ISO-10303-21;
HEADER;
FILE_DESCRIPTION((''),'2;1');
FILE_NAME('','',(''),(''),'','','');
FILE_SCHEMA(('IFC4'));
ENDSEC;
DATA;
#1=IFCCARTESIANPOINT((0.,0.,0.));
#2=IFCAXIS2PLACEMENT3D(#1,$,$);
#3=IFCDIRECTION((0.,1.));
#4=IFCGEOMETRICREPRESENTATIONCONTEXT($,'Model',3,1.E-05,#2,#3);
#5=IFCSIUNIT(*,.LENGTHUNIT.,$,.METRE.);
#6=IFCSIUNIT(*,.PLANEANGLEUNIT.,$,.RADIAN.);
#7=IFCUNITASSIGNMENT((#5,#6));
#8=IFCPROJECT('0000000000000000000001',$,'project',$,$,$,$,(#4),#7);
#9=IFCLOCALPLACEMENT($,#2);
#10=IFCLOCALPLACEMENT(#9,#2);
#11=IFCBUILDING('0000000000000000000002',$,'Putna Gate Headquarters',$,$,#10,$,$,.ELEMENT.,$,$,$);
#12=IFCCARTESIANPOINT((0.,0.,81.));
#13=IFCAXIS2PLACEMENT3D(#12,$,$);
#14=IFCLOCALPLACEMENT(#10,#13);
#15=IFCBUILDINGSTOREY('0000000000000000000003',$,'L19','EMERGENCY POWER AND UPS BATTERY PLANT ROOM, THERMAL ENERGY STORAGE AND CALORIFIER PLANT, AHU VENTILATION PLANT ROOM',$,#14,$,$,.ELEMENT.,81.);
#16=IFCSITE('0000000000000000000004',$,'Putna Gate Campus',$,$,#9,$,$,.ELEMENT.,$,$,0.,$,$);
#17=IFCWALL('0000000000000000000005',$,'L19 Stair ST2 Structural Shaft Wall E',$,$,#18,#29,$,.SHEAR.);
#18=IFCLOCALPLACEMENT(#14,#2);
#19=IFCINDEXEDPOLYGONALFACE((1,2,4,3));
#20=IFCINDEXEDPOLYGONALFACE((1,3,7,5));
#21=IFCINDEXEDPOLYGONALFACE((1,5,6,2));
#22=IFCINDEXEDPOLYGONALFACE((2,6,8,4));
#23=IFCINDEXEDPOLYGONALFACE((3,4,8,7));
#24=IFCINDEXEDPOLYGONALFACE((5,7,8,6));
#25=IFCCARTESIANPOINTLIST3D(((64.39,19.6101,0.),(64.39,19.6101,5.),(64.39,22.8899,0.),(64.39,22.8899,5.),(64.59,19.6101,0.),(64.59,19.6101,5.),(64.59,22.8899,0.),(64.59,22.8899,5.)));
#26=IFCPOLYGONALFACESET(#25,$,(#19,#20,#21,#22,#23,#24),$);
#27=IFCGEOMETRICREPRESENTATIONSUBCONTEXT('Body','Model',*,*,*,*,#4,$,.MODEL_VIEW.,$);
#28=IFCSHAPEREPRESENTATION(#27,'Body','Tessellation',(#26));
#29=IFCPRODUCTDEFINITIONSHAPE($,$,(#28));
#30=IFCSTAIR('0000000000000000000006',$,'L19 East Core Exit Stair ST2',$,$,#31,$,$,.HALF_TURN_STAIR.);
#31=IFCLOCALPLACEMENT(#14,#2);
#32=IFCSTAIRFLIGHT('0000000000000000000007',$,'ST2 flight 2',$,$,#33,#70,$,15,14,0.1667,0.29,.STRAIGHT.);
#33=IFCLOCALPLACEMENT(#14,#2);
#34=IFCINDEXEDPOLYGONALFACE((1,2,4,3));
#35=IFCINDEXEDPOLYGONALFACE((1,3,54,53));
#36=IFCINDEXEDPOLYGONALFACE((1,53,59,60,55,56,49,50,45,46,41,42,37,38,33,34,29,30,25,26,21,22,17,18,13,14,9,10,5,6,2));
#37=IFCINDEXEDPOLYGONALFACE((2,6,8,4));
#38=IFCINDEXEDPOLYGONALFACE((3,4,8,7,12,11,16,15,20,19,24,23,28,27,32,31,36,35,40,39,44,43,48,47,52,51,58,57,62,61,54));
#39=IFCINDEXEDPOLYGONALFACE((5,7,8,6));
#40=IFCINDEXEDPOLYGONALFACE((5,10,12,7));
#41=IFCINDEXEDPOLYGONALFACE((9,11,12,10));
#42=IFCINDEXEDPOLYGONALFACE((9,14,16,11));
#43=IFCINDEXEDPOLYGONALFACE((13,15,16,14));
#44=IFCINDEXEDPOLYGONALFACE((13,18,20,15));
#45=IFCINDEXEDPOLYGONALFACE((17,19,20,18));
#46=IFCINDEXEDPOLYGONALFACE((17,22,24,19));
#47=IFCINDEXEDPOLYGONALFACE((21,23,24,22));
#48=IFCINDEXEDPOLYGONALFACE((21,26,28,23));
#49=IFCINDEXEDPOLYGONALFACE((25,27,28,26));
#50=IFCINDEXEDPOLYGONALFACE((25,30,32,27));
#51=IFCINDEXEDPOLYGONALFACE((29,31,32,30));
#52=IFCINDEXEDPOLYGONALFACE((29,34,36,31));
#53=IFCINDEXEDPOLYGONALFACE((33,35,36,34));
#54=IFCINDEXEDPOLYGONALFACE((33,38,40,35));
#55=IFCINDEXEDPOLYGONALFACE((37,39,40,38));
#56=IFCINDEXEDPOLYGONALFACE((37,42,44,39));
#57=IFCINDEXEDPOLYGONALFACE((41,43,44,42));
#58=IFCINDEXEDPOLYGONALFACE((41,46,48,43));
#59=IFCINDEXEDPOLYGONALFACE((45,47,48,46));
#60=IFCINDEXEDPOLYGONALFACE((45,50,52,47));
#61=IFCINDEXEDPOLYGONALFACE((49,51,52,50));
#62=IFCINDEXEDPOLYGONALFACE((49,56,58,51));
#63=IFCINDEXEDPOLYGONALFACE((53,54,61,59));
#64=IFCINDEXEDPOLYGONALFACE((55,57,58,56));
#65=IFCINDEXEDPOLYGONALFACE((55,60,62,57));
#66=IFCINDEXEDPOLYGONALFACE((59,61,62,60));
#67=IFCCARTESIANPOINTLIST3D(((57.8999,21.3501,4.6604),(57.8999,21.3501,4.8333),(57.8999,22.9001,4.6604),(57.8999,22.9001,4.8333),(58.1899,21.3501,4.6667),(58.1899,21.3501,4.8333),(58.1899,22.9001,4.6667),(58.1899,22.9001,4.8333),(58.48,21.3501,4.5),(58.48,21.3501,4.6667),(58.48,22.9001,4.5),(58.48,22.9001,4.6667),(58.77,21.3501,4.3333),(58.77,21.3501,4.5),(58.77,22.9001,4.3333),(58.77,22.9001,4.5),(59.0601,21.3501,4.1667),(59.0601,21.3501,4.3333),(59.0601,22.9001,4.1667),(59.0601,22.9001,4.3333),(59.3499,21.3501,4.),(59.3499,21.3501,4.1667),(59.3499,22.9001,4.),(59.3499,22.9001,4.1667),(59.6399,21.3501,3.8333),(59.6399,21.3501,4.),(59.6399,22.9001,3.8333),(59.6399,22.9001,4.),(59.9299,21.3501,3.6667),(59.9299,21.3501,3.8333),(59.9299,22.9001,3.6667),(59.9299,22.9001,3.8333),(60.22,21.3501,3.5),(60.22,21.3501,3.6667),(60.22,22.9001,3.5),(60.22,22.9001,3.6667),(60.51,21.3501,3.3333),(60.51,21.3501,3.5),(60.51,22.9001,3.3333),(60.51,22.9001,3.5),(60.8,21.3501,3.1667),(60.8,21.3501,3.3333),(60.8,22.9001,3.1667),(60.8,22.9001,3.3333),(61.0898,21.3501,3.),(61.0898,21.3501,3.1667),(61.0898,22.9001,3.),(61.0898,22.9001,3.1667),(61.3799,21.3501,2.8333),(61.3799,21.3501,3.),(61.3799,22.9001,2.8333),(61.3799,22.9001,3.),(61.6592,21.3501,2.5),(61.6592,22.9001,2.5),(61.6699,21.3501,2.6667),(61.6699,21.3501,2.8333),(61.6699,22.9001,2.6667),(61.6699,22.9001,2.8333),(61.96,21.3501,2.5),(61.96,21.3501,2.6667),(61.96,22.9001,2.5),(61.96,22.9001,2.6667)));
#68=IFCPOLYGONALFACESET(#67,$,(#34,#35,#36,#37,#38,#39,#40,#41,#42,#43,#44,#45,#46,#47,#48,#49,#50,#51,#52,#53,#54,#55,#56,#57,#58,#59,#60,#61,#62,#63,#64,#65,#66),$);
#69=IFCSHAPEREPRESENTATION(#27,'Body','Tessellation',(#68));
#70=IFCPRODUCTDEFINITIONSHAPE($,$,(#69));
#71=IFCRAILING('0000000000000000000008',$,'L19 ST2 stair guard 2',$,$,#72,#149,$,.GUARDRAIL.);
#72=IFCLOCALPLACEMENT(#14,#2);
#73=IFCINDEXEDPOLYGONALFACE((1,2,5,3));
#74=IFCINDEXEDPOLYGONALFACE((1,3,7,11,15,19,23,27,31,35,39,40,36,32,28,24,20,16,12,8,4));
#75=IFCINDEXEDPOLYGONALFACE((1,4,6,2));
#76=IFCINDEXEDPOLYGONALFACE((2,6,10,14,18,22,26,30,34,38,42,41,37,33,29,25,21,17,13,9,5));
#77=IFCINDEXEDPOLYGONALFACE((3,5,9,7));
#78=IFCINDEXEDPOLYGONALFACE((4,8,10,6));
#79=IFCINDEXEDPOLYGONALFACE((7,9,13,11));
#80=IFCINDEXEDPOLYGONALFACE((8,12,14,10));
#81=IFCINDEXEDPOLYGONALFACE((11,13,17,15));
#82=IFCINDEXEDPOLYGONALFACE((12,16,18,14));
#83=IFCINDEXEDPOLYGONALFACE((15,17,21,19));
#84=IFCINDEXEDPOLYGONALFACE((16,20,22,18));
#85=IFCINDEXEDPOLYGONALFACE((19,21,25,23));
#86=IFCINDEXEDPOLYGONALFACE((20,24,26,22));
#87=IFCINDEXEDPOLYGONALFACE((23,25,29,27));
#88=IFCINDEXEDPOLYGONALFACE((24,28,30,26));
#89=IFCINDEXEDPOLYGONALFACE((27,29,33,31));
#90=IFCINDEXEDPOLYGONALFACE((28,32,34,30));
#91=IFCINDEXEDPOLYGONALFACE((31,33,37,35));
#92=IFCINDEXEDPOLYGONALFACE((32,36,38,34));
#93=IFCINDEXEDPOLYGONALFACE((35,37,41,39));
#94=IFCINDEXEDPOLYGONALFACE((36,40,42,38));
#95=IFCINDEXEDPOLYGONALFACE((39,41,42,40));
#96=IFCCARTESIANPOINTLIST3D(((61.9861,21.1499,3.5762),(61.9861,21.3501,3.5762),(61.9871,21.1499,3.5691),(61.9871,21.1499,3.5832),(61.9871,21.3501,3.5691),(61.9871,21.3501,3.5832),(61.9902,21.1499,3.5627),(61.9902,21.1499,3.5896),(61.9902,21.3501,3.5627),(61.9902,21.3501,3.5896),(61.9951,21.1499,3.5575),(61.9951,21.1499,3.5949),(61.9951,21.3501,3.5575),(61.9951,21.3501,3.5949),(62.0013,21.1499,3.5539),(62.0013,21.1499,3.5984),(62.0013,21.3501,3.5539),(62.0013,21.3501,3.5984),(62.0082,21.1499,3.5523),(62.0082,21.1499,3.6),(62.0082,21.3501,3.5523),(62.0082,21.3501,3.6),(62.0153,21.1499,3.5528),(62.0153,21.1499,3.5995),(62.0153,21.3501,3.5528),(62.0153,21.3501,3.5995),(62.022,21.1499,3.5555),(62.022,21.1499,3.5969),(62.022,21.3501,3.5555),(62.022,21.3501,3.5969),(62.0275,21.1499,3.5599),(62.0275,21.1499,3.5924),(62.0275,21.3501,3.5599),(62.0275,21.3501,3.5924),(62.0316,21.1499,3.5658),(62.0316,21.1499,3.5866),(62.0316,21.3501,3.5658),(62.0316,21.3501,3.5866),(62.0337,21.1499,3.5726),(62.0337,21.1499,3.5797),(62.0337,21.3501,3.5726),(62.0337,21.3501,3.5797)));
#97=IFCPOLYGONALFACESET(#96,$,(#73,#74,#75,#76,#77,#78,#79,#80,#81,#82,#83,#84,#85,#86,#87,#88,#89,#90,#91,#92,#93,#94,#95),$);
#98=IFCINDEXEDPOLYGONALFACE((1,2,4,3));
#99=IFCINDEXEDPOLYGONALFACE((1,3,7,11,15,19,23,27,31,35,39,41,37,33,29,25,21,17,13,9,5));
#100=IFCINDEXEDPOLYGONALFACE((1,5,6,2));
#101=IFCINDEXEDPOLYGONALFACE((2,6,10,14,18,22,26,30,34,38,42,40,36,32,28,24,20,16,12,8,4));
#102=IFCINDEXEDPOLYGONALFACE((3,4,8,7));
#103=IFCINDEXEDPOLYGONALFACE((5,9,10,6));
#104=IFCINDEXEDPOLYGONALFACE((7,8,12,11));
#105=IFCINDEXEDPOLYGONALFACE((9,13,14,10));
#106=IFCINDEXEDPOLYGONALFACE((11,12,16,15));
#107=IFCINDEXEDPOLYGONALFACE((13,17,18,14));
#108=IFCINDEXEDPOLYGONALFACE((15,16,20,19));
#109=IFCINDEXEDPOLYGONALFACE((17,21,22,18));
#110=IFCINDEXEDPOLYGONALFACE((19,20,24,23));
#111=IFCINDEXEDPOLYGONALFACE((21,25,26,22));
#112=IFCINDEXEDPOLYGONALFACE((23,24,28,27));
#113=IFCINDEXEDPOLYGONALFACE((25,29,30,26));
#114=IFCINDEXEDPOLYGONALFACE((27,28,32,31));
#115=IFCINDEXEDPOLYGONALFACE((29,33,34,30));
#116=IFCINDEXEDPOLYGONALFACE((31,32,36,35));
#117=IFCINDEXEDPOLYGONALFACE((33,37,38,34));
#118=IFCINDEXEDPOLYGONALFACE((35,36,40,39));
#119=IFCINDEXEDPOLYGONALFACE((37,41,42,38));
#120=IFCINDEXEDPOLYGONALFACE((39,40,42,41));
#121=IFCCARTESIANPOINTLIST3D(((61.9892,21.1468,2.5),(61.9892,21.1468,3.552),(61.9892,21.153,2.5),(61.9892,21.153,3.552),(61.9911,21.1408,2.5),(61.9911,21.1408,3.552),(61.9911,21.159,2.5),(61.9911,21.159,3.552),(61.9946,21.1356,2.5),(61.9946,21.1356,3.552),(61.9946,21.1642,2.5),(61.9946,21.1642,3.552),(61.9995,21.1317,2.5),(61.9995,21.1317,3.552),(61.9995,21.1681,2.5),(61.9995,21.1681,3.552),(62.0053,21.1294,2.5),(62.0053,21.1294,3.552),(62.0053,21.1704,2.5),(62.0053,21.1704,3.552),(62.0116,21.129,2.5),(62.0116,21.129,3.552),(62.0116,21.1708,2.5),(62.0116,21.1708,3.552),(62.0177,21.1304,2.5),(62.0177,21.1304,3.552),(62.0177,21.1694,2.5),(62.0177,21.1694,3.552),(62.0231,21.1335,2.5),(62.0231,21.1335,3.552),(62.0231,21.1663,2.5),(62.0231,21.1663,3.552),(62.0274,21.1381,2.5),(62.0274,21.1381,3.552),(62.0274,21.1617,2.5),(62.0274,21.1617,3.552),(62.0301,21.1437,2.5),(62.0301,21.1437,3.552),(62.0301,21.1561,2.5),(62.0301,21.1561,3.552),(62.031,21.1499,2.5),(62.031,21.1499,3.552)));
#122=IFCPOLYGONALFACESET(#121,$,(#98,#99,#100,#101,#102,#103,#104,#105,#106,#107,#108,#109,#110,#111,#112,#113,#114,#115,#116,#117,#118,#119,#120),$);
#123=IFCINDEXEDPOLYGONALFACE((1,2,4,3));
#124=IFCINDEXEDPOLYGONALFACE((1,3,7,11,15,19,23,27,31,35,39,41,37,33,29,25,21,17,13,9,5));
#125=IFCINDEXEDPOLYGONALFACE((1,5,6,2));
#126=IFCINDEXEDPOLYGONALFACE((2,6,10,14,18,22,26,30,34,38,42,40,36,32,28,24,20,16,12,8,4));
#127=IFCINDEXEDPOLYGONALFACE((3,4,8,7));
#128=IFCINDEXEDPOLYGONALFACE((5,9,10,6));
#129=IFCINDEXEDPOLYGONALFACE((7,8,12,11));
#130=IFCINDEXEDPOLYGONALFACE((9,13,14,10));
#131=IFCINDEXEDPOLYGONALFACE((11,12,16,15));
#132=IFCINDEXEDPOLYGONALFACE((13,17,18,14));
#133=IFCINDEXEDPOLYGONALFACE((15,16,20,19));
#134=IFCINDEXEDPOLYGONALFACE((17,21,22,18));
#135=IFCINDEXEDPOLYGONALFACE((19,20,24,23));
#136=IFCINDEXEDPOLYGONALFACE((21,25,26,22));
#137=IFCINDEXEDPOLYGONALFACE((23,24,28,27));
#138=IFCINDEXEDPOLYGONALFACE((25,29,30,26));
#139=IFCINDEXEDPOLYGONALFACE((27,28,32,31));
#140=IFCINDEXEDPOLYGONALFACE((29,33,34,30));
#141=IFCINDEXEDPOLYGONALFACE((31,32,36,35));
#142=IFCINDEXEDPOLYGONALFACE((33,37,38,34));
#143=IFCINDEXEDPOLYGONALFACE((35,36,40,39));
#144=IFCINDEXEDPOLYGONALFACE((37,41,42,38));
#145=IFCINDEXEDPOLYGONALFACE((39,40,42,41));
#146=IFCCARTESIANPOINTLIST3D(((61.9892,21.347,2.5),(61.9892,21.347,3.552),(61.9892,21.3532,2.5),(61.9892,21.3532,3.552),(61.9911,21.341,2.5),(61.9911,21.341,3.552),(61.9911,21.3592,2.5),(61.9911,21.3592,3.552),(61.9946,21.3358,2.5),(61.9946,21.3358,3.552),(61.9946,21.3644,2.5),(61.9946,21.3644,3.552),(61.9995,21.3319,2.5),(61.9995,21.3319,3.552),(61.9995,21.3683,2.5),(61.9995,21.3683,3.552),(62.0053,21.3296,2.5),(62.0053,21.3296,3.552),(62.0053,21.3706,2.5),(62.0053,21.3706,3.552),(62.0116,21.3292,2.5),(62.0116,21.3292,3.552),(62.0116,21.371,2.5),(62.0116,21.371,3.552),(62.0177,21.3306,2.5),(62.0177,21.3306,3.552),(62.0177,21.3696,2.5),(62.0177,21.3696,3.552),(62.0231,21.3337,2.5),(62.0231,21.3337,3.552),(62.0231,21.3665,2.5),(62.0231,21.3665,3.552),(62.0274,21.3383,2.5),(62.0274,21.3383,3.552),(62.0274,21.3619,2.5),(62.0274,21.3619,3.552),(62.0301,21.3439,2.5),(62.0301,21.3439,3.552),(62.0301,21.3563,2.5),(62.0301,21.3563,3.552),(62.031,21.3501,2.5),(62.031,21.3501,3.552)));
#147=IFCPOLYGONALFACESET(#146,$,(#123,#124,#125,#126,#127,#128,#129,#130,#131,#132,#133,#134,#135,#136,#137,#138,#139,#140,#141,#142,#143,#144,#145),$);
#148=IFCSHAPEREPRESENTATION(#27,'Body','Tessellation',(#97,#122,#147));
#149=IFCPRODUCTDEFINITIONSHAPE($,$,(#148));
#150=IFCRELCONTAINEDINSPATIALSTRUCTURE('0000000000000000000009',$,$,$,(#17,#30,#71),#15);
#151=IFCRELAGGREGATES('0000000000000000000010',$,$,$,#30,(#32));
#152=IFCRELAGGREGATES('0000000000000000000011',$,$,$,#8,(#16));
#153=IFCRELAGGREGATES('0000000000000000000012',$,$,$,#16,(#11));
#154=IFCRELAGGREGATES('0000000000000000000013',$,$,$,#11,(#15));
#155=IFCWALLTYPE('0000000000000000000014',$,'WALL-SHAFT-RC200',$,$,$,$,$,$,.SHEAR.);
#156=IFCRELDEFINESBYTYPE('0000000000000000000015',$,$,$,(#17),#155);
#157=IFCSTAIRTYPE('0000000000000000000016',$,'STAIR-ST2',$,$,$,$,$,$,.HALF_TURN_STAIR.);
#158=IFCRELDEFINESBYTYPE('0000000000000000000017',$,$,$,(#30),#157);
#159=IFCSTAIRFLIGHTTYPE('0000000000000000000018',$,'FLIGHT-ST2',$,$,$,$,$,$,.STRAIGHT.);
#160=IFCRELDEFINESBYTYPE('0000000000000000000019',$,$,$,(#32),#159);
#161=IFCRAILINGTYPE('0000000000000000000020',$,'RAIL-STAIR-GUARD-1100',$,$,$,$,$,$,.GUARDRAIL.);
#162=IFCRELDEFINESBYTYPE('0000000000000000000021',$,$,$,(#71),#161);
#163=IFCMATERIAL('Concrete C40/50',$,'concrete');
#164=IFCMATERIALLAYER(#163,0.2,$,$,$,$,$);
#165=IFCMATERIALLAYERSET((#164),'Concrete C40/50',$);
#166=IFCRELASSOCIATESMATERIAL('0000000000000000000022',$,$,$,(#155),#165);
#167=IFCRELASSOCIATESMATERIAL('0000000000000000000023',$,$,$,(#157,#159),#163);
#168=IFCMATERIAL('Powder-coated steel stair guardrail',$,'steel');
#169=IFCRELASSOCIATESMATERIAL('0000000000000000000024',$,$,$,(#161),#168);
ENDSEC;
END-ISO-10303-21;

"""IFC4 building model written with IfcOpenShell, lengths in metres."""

from ifc_helpers import new_model, si_unit, direction, frame, frame_2d, origin, origin_2d, place, context, subcontext, project, spatial, polyline, rectangle, circle, outline, extrude, material, layer, layer_set, type_object, element, aggregate, save


model = new_model("IFC4")

# Units and contexts
model_context = context("Model", 3, precision=1e-05, world=origin(), true_north=direction((0.0, 1.0)))
body_context = subcontext(model_context, "Body", "Model", "MODEL_VIEW")
ifc_project = project(units=[si_unit("LENGTHUNIT", "METRE"), si_unit("PLANEANGLEUNIT", "RADIAN")], contexts=[model_context])

# Site, building, storey
site_placement = place(None, origin())
site = spatial("IfcSite", under=ifc_project, at=site_placement, Name="Putna Gate Campus", CompositionType="ELEMENT", RefElevation=0.0)
building_placement = place(site_placement, origin())
building = spatial("IfcBuilding", under=site, at=building_placement, Name="Putna Gate Headquarters", CompositionType="ELEMENT")
storey_placement = place(building_placement, frame((0.0, 0.0, 81.0)))
storey = spatial("IfcBuildingStorey", under=building, at=storey_placement, Name="L19", Description="EMERGENCY POWER AND UPS BATTERY PLANT ROOM, THERMAL ENERGY STORAGE AND CALORIFIER PLANT, AHU VENTILATION PLANT ROOM", CompositionType="ELEMENT", Elevation=81.0)

# Shared definitions
ifc_material_1 = material(Name="Concrete C40/50", Category="concrete")

# Wall
ifc_layer_1 = layer(ifc_material_1, 0.2)
ifc_layer_set_1 = layer_set([ifc_layer_1], Name="Concrete C40/50")
wall_type_1 = type_object("IfcWallType", Name="WALL-SHAFT-RC200", PredefinedType="SHEAR", material=ifc_layer_set_1)
wall_1_placement = place(storey_placement, frame((64.49, 19.6101, 0.0), z_axis=(0.0, 0.0, 1.0), x_axis=(0.0, 1.0, 0.0)))
element("IfcWall", 1, at=wall_1_placement, inside=storey, type_object=wall_type_1, Name="L19 Stair ST2 Structural Shaft Wall E", PredefinedType="SHEAR", context=body_context, shape_type="SweptSolid", body=[
    extrude(rectangle(XDim=3.2798, YDim=0.2, at=frame_2d((1.6399, 0.0))), origin(), (0.0, 0.0, 1.0), 5.0),
])

# Stair, stair flight
stair_type = type_object("IfcStairType", Name="STAIR-ST2", PredefinedType="HALF_TURN_STAIR", material=ifc_material_1)
stair_placement = place(storey_placement, origin())
stair = element("IfcStair", 2, at=stair_placement, inside=storey, type_object=stair_type, Name="L19 East Core Exit Stair ST2", PredefinedType="HALF_TURN_STAIR")
stair_flight_type = type_object("IfcStairFlightType", Name="FLIGHT-ST2", PredefinedType="STRAIGHT", material=ifc_material_1)
stair_flight_placement = place(storey_placement, frame((61.96, 22.125, 2.5), z_axis=(0.0, 0.0, 1.0), x_axis=(-1.0, 0.0, 0.0)))
stair_flight = element("IfcStairFlight", 3, at=stair_flight_placement, type_object=stair_flight_type, Name="ST2 flight 2", NumberOfRisers=15, NumberOfTreads=14, PredefinedType="STRAIGHT", RiserHeight=0.1667, TreadLength=0.29, context=body_context, shape_type="SweptSolid", body=[
    extrude(outline(polyline([(0.0, 0.0), (0.0, 0.1667), (0.29, 0.1667), (0.29, 0.3333), (0.5801, 0.3333), (0.5801, 0.5), (0.8701, 0.5), (0.8701, 0.6667), (1.1599, 0.6667), (1.1599, 0.8333), (1.45, 0.8333), (1.45, 1.0), (1.74, 1.0), (1.74, 1.1667), (2.03, 1.1667), (2.03, 1.3333), (2.3201, 1.3333), (2.3201, 1.5), (2.6101, 1.5), (2.6101, 1.6667), (2.8999, 1.6667), (2.8999, 1.8333), (3.1899, 1.8333), (3.1899, 2.0), (3.48, 2.0), (3.48, 2.1667), (3.77, 2.1667), (3.77, 2.3333), (4.0601, 2.3333), (4.0601, 2.5), (4.0601, 2.1604), (0.3008, 0.0), (0.0, 0.0)])), frame((0.0, 0.7749, 0.0), z_axis=(0.0, -1.0, 0.0), x_axis=(1.0, 0.0, 0.0)), (0.0, 0.0, 1.0), 1.55),
])
aggregate(stair, [stair_flight])

# Railing
ifc_material_2 = material(Name="Powder-coated steel stair guardrail", Category="steel")
railing_type = type_object("IfcRailingType", Name="RAIL-STAIR-GUARD-1100", PredefinedType="GUARDRAIL", material=ifc_material_2)
railing_1_placement = place(storey_placement, frame((62.01, 21.1499, 2.5)))
element("IfcRailing", 4, at=railing_1_placement, inside=storey, type_object=railing_type, Name="L19 ST2 stair guard 2", PredefinedType="GUARDRAIL", context=body_context, shape_type="SweptSolid", body=[
    extrude(circle(Radius=0.0239, at=origin_2d()), frame((0.0, 0.0, 1.0762), z_axis=(0.0, 1.0, 0.0), x_axis=(-1.0, 0.0, 0.0)), (0.0, 0.0, 1.0), 0.2002),
    extrude(circle(Radius=0.021, at=origin_2d()), origin(), (0.0, 0.0, 1.0), 1.052),
    extrude(circle(Radius=0.021, at=origin_2d()), frame((0.0, 0.2002, 0.0)), (0.0, 0.0, 1.0), 1.052),
])

save(model, "model.ifc")
